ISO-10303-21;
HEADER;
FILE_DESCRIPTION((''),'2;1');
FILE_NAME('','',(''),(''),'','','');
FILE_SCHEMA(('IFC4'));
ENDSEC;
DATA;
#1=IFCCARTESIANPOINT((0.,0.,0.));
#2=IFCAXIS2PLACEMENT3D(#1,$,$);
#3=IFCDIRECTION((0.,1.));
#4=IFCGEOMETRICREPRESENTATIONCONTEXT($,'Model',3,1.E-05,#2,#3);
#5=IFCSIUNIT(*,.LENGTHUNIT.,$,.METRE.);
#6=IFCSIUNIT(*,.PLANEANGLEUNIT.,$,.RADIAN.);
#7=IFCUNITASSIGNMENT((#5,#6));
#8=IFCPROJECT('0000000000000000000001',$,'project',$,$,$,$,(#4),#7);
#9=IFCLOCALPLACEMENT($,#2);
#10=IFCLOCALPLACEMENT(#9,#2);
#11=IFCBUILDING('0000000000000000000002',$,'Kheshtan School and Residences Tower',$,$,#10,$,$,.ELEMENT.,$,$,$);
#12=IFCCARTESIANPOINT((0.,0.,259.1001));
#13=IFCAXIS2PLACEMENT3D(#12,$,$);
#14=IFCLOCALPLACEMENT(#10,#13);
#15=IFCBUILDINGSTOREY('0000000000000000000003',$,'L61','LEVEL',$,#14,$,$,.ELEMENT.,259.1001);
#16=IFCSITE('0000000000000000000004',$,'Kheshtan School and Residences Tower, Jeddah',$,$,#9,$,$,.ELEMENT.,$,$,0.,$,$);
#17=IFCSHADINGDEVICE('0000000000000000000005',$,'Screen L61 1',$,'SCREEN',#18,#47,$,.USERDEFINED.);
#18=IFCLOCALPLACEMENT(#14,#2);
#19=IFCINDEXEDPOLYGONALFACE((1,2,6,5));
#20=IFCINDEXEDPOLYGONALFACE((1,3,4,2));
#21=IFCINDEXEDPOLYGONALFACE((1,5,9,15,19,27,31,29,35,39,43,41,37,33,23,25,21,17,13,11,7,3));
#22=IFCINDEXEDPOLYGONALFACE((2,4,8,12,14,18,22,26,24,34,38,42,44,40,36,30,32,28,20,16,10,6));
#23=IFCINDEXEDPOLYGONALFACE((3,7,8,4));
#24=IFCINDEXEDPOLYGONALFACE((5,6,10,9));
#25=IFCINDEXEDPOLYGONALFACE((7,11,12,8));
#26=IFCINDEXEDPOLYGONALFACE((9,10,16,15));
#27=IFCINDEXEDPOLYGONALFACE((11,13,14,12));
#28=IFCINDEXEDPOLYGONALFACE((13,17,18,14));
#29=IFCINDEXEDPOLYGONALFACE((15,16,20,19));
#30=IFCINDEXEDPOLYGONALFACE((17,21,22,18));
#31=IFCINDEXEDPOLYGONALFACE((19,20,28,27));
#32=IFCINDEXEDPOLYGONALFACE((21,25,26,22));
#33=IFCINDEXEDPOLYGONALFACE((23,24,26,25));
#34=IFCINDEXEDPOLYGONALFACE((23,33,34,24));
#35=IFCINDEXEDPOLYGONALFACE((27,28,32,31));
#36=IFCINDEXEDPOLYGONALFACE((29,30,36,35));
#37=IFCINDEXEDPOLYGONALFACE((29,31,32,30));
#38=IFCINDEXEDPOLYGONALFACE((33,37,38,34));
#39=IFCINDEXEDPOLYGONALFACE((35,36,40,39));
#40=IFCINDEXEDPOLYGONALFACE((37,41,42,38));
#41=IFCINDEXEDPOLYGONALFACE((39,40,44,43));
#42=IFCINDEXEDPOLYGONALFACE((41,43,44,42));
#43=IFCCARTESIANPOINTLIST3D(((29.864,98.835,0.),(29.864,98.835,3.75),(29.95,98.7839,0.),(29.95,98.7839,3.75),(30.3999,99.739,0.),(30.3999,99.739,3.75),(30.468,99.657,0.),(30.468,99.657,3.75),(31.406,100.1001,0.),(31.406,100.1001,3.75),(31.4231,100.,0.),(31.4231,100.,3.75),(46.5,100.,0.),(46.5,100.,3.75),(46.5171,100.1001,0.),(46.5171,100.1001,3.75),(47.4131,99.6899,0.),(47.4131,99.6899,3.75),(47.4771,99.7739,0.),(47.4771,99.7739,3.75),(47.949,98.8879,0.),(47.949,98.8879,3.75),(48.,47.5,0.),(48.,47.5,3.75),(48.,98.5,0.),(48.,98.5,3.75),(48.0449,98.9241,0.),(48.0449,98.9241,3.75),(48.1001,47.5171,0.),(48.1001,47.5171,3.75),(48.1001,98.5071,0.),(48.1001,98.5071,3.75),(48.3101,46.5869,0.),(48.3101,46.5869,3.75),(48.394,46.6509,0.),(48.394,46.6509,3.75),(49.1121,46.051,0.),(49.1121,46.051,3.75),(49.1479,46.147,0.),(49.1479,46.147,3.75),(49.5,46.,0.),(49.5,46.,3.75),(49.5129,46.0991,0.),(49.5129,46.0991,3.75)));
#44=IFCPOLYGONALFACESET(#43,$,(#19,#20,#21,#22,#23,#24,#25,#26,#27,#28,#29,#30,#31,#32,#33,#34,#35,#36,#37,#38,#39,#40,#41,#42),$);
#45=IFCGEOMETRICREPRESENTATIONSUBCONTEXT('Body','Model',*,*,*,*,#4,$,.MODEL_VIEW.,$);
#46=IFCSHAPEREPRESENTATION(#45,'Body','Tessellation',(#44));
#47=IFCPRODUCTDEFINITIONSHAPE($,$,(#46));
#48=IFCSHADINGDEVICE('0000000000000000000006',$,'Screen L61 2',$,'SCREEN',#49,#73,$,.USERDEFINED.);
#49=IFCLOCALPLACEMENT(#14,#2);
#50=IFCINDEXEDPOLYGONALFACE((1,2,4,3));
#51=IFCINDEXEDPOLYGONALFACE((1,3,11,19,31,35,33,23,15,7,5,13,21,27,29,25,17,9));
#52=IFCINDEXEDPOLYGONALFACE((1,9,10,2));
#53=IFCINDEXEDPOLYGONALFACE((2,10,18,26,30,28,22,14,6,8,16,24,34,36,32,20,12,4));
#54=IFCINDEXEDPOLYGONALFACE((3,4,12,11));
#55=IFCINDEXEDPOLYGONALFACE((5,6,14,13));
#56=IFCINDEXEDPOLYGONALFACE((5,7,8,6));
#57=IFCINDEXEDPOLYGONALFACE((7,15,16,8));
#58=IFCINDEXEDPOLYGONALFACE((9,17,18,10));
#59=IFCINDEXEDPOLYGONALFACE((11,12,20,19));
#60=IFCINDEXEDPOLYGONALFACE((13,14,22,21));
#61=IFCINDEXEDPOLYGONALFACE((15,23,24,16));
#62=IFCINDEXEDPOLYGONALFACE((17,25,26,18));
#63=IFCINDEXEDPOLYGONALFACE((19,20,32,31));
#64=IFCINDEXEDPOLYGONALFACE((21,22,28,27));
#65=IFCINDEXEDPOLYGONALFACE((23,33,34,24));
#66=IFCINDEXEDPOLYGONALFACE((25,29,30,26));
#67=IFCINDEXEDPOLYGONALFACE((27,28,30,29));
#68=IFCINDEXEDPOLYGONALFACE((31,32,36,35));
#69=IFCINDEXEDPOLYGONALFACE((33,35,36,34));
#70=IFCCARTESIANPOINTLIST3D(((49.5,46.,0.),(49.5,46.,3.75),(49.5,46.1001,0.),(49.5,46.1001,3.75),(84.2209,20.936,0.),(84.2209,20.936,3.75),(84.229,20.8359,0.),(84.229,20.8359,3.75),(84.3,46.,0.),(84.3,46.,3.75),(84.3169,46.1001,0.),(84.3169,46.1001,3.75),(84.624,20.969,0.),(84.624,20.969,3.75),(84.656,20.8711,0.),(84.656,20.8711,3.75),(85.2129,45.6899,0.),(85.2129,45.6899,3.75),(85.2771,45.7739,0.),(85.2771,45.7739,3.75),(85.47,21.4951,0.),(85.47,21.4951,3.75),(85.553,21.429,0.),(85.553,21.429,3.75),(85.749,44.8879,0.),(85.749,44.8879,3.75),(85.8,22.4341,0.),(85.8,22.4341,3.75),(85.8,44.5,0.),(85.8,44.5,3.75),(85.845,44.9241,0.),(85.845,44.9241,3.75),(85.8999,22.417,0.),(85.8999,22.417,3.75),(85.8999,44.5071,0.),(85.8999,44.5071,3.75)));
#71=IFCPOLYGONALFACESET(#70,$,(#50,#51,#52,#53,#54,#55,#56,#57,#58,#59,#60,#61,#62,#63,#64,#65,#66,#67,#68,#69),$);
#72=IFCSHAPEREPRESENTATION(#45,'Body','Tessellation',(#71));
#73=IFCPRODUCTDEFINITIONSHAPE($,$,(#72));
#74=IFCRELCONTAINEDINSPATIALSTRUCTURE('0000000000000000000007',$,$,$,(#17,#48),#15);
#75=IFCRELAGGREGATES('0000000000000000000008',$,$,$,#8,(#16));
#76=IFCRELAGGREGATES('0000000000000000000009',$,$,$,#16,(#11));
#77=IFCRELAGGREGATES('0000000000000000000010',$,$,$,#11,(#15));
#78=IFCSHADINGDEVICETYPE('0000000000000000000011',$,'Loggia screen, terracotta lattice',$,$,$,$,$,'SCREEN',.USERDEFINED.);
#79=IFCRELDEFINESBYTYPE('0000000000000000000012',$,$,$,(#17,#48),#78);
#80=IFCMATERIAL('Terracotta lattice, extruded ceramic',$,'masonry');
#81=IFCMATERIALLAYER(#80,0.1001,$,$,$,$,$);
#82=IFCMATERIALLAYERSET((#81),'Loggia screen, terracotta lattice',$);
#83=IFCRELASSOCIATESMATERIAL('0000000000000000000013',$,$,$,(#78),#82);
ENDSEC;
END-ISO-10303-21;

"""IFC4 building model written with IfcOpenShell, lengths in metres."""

from ifc_helpers import new_model, si_unit, direction, frame, origin, place, context, subcontext, project, spatial, polyline, outline, extrude, material, layer, layer_set, type_object, element, save


model = new_model("IFC4")

# Units and contexts
model_context = context("Model", 3, precision=1e-05, world=origin(), true_north=direction((0.0, 1.0)))
body_context = subcontext(model_context, "Body", "Model", "MODEL_VIEW")
ifc_project = project(units=[si_unit("LENGTHUNIT", "METRE"), si_unit("PLANEANGLEUNIT", "RADIAN")], contexts=[model_context])

# Site, building, storey
site_placement = place(None, origin())
site = spatial("IfcSite", under=ifc_project, at=site_placement, Name="Kheshtan School and Residences Tower, Jeddah", CompositionType="ELEMENT", RefElevation=0.0)
building_placement = place(site_placement, origin())
building = spatial("IfcBuilding", under=site, at=building_placement, Name="Kheshtan School and Residences Tower", CompositionType="ELEMENT")
storey_placement = place(building_placement, frame((0.0, 0.0, 259.1001)))
storey = spatial("IfcBuildingStorey", under=building, at=storey_placement, Name="L61", Description="LEVEL", CompositionType="ELEMENT", Elevation=259.1001)

# Shading devices
ifc_material_1 = material(Name="Terracotta lattice, extruded ceramic", Category="masonry")
ifc_layer_1 = layer(ifc_material_1, 0.1001)
ifc_layer_set_1 = layer_set([ifc_layer_1], Name="Loggia screen, terracotta lattice")
shading_device_type_1 = type_object("IfcShadingDeviceType", Name="Loggia screen, terracotta lattice", ElementType="SCREEN", PredefinedType="USERDEFINED", material=ifc_layer_set_1)
shading_device_1_placement = place(storey_placement, origin())
element("IfcShadingDevice", 1, at=shading_device_1_placement, inside=storey, type_object=shading_device_type_1, Name="Screen L61 1", ObjectType="SCREEN", PredefinedType="USERDEFINED", context=body_context, shape_type="SweptSolid", body=[
    extrude(outline(polyline([(29.95, 98.7839), (30.468, 99.657), (31.4231, 100.0), (46.5, 100.0), (47.4131, 99.6899), (47.949, 98.8879), (48.0, 98.5), (48.0, 47.5), (48.3101, 46.5869), (49.1121, 46.051), (49.5, 46.0), (49.5129, 46.0991), (49.1479, 46.147), (48.394, 46.6509), (48.1001, 47.5171), (48.1001, 98.5071), (48.0449, 98.9241), (47.4771, 99.7739), (46.5171, 100.1001), (31.406, 100.1001), (30.3999, 99.739), (29.864, 98.835), (29.95, 98.7839)])), origin(), (0.0, 0.0, 1.0), 3.75),
])
shading_device_2_placement = place(storey_placement, origin())
element("IfcShadingDevice", 2, at=shading_device_2_placement, inside=storey, type_object=shading_device_type_1, Name="Screen L61 2", ObjectType="SCREEN", PredefinedType="USERDEFINED", context=body_context, shape_type="SweptSolid", body=[
    extrude(outline(polyline([(49.5, 46.0), (84.3, 46.0), (85.2129, 45.6899), (85.749, 44.8879), (85.8, 44.5), (85.8, 22.4341), (85.47, 21.4951), (84.624, 20.969), (84.2209, 20.936), (84.229, 20.8359), (84.656, 20.8711), (85.553, 21.429), (85.8999, 22.417), (85.8999, 44.5071), (85.845, 44.9241), (85.2771, 45.7739), (84.3169, 46.1001), (49.5, 46.1001), (49.5, 46.0)])), origin(), (0.0, 0.0, 1.0), 3.75),
])

save(model, "model.ifc")
